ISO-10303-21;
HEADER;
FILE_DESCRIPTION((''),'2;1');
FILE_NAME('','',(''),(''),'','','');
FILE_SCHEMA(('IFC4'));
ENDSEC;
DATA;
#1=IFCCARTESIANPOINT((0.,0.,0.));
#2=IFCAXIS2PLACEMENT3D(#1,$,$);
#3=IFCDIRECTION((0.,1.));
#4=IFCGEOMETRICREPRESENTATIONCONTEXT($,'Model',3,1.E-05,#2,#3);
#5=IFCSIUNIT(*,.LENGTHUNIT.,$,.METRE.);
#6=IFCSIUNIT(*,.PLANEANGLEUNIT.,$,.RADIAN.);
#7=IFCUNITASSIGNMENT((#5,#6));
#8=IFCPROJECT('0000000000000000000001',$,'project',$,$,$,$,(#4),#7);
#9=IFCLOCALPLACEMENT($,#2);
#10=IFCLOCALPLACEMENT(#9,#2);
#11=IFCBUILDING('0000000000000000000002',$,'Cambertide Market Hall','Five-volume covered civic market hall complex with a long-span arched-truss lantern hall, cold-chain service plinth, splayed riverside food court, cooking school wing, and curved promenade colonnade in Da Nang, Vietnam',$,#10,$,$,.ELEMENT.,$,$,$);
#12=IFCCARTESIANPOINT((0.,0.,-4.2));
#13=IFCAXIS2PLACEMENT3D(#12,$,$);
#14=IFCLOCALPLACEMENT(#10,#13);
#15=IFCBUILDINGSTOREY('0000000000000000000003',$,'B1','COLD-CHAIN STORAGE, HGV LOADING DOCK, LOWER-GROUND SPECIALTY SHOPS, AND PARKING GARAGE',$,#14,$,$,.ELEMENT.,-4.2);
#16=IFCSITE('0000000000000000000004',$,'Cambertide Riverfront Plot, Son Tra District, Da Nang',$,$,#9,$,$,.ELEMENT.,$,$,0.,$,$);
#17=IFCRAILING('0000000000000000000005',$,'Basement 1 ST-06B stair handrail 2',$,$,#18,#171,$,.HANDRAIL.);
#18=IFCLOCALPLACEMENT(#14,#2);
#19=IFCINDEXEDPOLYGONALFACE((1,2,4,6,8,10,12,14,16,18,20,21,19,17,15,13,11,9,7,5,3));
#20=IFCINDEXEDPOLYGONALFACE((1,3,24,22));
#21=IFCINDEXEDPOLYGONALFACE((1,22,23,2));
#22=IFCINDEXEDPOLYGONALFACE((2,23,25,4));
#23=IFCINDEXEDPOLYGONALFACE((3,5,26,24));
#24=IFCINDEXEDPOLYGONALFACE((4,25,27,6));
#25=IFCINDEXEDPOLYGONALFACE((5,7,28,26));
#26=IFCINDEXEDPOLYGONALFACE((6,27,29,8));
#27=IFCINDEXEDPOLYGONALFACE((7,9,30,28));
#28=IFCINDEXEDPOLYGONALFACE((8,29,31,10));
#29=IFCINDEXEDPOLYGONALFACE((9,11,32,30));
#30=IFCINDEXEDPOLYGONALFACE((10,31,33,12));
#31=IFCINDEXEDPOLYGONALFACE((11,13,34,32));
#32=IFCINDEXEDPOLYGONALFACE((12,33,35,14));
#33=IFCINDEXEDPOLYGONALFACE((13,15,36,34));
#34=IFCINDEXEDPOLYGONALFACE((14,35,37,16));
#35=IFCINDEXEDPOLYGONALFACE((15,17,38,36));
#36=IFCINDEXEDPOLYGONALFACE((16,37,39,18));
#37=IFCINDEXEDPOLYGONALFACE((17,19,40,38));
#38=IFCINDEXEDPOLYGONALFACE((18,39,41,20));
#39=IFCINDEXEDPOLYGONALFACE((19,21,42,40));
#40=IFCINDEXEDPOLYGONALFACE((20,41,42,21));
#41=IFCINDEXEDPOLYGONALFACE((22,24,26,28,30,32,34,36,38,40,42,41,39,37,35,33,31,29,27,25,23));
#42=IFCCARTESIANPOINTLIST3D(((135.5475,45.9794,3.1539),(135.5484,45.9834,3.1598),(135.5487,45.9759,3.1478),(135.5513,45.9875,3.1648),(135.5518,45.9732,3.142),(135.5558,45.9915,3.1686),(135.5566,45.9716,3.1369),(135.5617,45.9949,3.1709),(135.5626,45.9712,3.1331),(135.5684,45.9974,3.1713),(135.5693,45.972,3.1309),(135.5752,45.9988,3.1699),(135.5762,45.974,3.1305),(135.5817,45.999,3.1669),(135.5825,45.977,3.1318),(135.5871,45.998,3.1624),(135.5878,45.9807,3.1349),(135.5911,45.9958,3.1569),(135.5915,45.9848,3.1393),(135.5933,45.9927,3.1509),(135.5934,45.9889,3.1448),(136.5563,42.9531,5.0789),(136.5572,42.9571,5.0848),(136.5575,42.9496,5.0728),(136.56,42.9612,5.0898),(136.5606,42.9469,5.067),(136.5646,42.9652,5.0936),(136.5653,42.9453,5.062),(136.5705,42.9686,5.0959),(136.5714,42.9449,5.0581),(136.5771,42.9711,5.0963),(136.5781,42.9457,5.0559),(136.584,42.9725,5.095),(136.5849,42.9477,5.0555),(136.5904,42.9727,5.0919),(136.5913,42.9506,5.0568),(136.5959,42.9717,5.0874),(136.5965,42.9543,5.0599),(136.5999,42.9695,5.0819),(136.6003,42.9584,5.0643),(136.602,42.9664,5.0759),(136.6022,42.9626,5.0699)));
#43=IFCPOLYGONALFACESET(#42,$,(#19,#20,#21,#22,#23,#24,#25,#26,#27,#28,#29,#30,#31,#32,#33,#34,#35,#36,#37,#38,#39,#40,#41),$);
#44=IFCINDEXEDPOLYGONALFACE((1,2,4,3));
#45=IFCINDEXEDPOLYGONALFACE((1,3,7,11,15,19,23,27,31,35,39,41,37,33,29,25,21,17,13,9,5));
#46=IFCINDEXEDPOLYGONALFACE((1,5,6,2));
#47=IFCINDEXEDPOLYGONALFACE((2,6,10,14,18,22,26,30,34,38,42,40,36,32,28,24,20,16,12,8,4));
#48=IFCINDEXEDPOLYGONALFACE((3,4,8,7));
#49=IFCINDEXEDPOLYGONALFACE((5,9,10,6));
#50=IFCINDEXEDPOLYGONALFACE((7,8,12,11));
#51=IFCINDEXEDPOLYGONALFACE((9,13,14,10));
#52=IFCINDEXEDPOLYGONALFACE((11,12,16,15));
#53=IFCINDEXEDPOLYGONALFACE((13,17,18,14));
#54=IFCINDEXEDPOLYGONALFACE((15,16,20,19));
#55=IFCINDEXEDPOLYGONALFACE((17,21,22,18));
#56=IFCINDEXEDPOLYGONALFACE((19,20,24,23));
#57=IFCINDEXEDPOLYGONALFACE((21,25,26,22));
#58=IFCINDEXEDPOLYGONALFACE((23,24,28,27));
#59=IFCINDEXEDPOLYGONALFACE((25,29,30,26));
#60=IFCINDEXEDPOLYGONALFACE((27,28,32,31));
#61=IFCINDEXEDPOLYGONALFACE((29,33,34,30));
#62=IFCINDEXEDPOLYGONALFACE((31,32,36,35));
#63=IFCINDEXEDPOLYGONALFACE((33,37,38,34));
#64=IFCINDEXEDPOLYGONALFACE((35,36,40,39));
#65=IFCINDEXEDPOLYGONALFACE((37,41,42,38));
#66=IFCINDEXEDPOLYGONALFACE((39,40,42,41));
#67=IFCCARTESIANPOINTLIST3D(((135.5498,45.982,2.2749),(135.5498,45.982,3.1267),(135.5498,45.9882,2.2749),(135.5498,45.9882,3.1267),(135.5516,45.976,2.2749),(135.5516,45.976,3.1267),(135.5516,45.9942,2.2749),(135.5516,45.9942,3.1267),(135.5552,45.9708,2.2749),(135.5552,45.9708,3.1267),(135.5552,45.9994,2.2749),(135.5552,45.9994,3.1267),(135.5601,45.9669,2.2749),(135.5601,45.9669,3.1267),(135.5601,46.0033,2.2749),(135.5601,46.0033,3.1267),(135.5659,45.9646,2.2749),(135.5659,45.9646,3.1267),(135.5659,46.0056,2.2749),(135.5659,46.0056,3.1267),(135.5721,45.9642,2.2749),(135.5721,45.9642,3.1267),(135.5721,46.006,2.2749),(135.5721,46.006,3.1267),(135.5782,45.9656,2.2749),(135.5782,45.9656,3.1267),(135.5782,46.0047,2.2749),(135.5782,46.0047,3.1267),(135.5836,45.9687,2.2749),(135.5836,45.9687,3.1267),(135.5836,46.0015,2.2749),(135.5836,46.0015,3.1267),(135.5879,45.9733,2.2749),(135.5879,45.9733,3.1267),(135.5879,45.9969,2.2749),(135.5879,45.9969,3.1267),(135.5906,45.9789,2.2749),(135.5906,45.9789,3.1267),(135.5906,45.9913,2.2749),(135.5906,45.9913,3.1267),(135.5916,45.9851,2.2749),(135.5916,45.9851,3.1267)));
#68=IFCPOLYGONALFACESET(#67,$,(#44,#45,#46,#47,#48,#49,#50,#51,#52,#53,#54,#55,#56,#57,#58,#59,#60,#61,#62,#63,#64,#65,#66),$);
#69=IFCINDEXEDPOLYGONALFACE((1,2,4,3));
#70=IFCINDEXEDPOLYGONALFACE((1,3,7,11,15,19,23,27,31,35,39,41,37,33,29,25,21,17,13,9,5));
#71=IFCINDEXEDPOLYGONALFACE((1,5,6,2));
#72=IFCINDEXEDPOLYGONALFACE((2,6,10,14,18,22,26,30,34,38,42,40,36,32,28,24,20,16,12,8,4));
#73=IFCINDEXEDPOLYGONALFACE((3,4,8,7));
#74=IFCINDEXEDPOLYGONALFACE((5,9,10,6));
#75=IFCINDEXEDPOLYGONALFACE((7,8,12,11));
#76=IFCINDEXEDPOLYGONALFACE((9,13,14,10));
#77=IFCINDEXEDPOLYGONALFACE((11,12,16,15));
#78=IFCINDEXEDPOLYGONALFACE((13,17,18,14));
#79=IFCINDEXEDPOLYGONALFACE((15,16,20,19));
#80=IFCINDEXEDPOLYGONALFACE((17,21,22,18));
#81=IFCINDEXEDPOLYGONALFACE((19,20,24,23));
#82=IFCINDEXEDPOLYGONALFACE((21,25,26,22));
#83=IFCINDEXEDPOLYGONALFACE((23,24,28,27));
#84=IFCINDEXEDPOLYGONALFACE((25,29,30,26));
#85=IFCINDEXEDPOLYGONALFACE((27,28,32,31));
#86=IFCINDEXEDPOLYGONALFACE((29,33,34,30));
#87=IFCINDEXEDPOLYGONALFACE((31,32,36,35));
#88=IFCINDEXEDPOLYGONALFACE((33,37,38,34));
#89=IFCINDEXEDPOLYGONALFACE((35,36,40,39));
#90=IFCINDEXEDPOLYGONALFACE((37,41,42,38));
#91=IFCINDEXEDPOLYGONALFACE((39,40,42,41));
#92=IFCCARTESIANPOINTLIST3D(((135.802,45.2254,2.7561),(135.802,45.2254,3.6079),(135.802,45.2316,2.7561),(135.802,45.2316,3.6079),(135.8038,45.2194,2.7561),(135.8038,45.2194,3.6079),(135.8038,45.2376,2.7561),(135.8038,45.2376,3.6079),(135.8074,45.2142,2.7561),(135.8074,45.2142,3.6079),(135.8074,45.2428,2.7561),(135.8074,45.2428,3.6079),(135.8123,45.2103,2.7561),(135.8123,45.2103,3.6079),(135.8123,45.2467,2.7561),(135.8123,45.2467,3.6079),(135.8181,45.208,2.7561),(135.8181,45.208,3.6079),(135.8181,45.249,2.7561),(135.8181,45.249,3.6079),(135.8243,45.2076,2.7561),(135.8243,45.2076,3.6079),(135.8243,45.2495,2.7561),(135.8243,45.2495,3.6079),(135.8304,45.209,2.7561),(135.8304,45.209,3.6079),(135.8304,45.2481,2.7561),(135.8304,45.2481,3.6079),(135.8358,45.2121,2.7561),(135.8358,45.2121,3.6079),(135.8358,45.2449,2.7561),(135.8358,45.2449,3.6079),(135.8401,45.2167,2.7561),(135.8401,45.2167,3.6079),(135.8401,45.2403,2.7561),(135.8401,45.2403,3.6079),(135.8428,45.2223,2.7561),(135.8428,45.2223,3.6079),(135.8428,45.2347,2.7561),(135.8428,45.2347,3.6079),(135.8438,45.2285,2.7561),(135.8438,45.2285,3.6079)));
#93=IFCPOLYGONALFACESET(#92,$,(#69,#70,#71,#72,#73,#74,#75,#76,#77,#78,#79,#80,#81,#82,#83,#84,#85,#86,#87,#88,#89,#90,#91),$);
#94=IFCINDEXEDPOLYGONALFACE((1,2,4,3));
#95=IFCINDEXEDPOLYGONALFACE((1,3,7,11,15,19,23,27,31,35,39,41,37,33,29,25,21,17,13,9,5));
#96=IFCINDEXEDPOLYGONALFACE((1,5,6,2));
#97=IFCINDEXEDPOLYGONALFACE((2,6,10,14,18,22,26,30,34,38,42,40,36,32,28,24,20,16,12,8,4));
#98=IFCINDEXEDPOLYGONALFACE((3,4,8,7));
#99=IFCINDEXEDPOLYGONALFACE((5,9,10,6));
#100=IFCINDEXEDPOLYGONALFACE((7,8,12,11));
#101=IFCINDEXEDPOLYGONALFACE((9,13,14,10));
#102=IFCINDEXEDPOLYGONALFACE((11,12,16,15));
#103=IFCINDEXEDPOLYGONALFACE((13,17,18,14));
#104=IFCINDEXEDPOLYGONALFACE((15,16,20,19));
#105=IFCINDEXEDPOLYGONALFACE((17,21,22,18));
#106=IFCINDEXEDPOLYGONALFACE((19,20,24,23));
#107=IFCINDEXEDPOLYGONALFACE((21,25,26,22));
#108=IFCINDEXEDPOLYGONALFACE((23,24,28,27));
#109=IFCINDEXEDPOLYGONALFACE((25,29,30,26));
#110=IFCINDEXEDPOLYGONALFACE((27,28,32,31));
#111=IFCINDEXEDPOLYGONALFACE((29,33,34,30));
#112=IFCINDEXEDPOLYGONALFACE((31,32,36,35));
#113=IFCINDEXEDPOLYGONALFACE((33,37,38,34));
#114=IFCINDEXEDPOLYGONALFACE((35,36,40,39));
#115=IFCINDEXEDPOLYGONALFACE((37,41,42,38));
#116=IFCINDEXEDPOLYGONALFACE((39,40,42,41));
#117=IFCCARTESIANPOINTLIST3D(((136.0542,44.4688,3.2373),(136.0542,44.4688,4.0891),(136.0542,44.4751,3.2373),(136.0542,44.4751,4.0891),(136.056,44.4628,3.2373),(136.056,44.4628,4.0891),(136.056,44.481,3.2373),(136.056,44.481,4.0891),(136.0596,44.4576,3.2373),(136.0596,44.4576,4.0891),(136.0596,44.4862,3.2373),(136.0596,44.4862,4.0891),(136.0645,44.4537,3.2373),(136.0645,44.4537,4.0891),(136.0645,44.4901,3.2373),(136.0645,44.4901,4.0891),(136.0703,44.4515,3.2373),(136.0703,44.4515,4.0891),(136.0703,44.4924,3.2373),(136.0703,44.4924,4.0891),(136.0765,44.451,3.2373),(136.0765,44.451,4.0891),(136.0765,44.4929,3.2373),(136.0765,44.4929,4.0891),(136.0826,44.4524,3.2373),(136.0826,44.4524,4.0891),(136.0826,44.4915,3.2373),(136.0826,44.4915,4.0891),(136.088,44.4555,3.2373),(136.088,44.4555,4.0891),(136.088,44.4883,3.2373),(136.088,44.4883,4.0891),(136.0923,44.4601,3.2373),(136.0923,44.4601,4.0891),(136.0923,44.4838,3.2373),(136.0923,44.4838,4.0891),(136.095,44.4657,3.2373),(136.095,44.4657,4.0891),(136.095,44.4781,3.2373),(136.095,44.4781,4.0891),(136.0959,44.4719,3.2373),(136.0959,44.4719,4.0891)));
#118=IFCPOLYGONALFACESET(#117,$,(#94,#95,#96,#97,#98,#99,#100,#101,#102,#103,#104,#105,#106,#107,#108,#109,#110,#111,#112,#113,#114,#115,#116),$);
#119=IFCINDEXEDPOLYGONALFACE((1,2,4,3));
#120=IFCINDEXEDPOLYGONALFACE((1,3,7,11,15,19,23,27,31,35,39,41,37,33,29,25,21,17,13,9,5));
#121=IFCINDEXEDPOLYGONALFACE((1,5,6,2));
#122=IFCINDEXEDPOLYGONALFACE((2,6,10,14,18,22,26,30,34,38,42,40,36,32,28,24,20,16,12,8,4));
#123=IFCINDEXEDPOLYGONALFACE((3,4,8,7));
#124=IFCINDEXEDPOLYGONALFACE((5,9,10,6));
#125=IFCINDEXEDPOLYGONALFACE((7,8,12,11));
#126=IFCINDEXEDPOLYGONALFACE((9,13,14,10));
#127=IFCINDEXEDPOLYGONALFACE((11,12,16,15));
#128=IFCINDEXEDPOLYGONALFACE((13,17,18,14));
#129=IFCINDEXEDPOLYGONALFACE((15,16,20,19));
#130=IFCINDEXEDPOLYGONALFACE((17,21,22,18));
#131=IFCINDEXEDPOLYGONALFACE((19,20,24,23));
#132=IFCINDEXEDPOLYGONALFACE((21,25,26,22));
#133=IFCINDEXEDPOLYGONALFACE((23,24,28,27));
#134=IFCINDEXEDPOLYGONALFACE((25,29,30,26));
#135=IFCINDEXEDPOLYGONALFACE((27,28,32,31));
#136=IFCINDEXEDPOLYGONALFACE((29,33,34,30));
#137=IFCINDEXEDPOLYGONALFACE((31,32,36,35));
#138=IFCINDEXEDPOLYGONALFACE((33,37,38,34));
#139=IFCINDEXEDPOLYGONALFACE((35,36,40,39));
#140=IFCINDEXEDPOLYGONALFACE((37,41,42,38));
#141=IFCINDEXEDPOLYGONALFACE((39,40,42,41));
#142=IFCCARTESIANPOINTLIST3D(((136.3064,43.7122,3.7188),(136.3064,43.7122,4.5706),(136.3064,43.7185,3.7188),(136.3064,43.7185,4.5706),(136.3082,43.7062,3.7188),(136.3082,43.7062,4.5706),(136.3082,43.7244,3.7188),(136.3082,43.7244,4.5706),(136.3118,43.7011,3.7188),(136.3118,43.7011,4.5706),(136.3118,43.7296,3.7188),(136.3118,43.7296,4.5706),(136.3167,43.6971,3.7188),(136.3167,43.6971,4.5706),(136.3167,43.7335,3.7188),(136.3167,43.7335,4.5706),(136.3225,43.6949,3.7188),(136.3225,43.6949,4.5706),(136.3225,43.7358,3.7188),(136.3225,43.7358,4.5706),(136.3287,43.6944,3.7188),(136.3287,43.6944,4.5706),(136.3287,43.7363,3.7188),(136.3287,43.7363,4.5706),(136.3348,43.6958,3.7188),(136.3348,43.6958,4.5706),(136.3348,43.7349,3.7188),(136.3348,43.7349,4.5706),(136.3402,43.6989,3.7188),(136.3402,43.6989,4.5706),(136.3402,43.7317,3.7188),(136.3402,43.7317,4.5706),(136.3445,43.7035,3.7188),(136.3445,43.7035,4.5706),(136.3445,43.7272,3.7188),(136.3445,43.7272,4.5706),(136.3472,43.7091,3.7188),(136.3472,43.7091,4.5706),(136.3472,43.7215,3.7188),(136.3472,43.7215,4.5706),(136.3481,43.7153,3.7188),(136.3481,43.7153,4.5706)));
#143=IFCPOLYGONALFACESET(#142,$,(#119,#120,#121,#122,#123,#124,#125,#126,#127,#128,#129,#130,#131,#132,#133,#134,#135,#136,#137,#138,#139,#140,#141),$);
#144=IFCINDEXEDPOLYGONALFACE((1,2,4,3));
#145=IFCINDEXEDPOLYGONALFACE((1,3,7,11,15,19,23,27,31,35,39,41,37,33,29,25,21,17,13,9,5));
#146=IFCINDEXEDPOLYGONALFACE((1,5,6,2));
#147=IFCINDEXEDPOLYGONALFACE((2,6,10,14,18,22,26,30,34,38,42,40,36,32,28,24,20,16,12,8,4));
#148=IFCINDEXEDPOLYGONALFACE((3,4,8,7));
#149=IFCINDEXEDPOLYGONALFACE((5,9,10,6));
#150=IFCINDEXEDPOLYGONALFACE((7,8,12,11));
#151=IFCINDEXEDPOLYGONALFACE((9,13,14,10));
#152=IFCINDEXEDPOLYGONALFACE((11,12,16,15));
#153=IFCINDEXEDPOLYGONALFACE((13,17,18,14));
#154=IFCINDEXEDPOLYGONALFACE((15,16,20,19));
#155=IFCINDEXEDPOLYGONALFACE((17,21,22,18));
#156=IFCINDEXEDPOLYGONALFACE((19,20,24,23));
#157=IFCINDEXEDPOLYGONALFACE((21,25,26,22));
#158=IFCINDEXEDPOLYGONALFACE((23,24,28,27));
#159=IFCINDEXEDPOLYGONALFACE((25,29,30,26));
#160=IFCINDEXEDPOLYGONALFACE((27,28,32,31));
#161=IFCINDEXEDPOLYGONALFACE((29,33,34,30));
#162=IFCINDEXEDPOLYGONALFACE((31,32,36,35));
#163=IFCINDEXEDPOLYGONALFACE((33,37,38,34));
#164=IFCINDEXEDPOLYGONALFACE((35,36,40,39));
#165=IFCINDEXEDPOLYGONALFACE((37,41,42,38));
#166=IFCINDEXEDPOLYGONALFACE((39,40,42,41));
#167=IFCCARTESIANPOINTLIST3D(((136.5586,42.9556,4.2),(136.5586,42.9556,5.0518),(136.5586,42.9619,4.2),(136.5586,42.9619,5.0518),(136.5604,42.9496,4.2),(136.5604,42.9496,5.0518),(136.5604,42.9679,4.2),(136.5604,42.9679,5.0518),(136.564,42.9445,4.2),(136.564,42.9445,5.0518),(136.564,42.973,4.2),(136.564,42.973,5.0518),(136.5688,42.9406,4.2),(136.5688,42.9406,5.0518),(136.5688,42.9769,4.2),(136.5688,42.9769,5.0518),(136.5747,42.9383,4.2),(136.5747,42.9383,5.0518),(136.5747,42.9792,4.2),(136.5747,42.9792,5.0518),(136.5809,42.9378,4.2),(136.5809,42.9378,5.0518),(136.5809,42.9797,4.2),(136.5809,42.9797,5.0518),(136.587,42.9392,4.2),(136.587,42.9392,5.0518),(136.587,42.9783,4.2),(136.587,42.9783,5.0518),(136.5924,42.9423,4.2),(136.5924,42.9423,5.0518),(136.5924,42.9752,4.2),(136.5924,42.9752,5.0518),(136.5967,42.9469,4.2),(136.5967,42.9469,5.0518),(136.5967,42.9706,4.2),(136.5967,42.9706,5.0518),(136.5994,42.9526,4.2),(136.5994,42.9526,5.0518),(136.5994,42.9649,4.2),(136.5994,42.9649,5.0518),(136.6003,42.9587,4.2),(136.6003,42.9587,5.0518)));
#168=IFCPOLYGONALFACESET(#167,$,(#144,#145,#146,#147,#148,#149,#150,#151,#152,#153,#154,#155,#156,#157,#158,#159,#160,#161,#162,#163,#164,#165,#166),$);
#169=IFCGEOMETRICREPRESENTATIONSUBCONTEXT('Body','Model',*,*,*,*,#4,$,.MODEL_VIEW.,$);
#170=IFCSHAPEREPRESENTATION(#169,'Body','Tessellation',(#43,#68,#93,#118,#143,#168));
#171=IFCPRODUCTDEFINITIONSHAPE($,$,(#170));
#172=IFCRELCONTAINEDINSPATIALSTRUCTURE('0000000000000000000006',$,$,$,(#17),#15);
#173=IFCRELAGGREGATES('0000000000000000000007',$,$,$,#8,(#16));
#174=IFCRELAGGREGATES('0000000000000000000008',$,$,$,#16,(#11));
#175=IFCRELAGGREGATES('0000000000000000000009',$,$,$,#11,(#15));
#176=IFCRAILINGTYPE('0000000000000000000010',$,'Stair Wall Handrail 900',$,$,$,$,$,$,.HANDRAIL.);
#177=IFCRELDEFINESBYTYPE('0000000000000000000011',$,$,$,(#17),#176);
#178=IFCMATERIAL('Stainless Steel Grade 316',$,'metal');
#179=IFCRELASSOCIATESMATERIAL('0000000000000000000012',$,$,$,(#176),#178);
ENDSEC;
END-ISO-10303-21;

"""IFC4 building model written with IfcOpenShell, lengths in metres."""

from ifc_helpers import new_model, si_unit, direction, frame, origin, origin_2d, place, context, subcontext, project, spatial, circle, extrude, material, type_object, element, save


model = new_model("IFC4")

# Units and contexts
model_context = context("Model", 3, precision=1e-05, world=origin(), true_north=direction((0.0, 1.0)))
body_context = subcontext(model_context, "Body", "Model", "MODEL_VIEW")
ifc_project = project(units=[si_unit("LENGTHUNIT", "METRE"), si_unit("PLANEANGLEUNIT", "RADIAN")], contexts=[model_context])

# Site, building, storey
site_placement = place(None, origin())
site = spatial("IfcSite", under=ifc_project, at=site_placement, Name="Cambertide Riverfront Plot, Son Tra District, Da Nang", CompositionType="ELEMENT", RefElevation=0.0)
building_placement = place(site_placement, origin())
building = spatial("IfcBuilding", under=site, at=building_placement, Name="Cambertide Market Hall", Description="Five-volume covered civic market hall complex with a long-span arched-truss lantern hall, cold-chain service plinth, splayed riverside food court, cooking school wing, and curved promenade colonnade in Da Nang, Vietnam", CompositionType="ELEMENT")
storey_placement = place(building_placement, frame((0.0, 0.0, -4.2)))
storey = spatial("IfcBuildingStorey", under=building, at=storey_placement, Name="B1", Description="COLD-CHAIN STORAGE, HGV LOADING DOCK, LOWER-GROUND SPECIALTY SHOPS, AND PARKING GARAGE", CompositionType="ELEMENT", Elevation=-4.2)

# Railing
ifc_material_1 = material(Name="Stainless Steel Grade 316", Category="metal")
railing_type_1 = type_object("IfcRailingType", Name="Stair Wall Handrail 900", PredefinedType="HANDRAIL", material=ifc_material_1)
railing_1_placement = place(storey_placement, frame((135.5706, 45.9851, 2.2749)))
element("IfcRailing", 1, at=railing_1_placement, inside=storey, type_object=railing_type_1, Name="Basement 1 ST-06B stair handrail 2", PredefinedType="HANDRAIL", context=body_context, shape_type="SweptSolid", body=[
    extrude(circle(Radius=0.0239, at=origin_2d()), frame((0.0, 0.0, 0.876), z_axis=(0.27075, -0.81225, 0.516666), x_axis=(0.948683, 0.316228, 0.0)), (0.0, 0.0, 1.0), 3.7258),
    extrude(circle(Radius=0.021, at=origin_2d()), origin(), (0.0, 0.0, 1.0), 0.8518),
    extrude(circle(Radius=0.021, at=origin_2d()), frame((0.2522, -0.7566, 0.4812)), (0.0, 0.0, 1.0), 0.8518),
    extrude(circle(Radius=0.021, at=origin_2d()), frame((0.5044, -1.5132, 0.9624)), (0.0, 0.0, 1.0), 0.8518),
    extrude(circle(Radius=0.021, at=origin_2d()), frame((0.7566, -2.2698, 1.4438)), (0.0, 0.0, 1.0), 0.8518),
    extrude(circle(Radius=0.021, at=origin_2d()), frame((1.0088, -3.0264, 1.925)), (0.0, 0.0, 1.0), 0.8518),
])

save(model, "model.ifc")
